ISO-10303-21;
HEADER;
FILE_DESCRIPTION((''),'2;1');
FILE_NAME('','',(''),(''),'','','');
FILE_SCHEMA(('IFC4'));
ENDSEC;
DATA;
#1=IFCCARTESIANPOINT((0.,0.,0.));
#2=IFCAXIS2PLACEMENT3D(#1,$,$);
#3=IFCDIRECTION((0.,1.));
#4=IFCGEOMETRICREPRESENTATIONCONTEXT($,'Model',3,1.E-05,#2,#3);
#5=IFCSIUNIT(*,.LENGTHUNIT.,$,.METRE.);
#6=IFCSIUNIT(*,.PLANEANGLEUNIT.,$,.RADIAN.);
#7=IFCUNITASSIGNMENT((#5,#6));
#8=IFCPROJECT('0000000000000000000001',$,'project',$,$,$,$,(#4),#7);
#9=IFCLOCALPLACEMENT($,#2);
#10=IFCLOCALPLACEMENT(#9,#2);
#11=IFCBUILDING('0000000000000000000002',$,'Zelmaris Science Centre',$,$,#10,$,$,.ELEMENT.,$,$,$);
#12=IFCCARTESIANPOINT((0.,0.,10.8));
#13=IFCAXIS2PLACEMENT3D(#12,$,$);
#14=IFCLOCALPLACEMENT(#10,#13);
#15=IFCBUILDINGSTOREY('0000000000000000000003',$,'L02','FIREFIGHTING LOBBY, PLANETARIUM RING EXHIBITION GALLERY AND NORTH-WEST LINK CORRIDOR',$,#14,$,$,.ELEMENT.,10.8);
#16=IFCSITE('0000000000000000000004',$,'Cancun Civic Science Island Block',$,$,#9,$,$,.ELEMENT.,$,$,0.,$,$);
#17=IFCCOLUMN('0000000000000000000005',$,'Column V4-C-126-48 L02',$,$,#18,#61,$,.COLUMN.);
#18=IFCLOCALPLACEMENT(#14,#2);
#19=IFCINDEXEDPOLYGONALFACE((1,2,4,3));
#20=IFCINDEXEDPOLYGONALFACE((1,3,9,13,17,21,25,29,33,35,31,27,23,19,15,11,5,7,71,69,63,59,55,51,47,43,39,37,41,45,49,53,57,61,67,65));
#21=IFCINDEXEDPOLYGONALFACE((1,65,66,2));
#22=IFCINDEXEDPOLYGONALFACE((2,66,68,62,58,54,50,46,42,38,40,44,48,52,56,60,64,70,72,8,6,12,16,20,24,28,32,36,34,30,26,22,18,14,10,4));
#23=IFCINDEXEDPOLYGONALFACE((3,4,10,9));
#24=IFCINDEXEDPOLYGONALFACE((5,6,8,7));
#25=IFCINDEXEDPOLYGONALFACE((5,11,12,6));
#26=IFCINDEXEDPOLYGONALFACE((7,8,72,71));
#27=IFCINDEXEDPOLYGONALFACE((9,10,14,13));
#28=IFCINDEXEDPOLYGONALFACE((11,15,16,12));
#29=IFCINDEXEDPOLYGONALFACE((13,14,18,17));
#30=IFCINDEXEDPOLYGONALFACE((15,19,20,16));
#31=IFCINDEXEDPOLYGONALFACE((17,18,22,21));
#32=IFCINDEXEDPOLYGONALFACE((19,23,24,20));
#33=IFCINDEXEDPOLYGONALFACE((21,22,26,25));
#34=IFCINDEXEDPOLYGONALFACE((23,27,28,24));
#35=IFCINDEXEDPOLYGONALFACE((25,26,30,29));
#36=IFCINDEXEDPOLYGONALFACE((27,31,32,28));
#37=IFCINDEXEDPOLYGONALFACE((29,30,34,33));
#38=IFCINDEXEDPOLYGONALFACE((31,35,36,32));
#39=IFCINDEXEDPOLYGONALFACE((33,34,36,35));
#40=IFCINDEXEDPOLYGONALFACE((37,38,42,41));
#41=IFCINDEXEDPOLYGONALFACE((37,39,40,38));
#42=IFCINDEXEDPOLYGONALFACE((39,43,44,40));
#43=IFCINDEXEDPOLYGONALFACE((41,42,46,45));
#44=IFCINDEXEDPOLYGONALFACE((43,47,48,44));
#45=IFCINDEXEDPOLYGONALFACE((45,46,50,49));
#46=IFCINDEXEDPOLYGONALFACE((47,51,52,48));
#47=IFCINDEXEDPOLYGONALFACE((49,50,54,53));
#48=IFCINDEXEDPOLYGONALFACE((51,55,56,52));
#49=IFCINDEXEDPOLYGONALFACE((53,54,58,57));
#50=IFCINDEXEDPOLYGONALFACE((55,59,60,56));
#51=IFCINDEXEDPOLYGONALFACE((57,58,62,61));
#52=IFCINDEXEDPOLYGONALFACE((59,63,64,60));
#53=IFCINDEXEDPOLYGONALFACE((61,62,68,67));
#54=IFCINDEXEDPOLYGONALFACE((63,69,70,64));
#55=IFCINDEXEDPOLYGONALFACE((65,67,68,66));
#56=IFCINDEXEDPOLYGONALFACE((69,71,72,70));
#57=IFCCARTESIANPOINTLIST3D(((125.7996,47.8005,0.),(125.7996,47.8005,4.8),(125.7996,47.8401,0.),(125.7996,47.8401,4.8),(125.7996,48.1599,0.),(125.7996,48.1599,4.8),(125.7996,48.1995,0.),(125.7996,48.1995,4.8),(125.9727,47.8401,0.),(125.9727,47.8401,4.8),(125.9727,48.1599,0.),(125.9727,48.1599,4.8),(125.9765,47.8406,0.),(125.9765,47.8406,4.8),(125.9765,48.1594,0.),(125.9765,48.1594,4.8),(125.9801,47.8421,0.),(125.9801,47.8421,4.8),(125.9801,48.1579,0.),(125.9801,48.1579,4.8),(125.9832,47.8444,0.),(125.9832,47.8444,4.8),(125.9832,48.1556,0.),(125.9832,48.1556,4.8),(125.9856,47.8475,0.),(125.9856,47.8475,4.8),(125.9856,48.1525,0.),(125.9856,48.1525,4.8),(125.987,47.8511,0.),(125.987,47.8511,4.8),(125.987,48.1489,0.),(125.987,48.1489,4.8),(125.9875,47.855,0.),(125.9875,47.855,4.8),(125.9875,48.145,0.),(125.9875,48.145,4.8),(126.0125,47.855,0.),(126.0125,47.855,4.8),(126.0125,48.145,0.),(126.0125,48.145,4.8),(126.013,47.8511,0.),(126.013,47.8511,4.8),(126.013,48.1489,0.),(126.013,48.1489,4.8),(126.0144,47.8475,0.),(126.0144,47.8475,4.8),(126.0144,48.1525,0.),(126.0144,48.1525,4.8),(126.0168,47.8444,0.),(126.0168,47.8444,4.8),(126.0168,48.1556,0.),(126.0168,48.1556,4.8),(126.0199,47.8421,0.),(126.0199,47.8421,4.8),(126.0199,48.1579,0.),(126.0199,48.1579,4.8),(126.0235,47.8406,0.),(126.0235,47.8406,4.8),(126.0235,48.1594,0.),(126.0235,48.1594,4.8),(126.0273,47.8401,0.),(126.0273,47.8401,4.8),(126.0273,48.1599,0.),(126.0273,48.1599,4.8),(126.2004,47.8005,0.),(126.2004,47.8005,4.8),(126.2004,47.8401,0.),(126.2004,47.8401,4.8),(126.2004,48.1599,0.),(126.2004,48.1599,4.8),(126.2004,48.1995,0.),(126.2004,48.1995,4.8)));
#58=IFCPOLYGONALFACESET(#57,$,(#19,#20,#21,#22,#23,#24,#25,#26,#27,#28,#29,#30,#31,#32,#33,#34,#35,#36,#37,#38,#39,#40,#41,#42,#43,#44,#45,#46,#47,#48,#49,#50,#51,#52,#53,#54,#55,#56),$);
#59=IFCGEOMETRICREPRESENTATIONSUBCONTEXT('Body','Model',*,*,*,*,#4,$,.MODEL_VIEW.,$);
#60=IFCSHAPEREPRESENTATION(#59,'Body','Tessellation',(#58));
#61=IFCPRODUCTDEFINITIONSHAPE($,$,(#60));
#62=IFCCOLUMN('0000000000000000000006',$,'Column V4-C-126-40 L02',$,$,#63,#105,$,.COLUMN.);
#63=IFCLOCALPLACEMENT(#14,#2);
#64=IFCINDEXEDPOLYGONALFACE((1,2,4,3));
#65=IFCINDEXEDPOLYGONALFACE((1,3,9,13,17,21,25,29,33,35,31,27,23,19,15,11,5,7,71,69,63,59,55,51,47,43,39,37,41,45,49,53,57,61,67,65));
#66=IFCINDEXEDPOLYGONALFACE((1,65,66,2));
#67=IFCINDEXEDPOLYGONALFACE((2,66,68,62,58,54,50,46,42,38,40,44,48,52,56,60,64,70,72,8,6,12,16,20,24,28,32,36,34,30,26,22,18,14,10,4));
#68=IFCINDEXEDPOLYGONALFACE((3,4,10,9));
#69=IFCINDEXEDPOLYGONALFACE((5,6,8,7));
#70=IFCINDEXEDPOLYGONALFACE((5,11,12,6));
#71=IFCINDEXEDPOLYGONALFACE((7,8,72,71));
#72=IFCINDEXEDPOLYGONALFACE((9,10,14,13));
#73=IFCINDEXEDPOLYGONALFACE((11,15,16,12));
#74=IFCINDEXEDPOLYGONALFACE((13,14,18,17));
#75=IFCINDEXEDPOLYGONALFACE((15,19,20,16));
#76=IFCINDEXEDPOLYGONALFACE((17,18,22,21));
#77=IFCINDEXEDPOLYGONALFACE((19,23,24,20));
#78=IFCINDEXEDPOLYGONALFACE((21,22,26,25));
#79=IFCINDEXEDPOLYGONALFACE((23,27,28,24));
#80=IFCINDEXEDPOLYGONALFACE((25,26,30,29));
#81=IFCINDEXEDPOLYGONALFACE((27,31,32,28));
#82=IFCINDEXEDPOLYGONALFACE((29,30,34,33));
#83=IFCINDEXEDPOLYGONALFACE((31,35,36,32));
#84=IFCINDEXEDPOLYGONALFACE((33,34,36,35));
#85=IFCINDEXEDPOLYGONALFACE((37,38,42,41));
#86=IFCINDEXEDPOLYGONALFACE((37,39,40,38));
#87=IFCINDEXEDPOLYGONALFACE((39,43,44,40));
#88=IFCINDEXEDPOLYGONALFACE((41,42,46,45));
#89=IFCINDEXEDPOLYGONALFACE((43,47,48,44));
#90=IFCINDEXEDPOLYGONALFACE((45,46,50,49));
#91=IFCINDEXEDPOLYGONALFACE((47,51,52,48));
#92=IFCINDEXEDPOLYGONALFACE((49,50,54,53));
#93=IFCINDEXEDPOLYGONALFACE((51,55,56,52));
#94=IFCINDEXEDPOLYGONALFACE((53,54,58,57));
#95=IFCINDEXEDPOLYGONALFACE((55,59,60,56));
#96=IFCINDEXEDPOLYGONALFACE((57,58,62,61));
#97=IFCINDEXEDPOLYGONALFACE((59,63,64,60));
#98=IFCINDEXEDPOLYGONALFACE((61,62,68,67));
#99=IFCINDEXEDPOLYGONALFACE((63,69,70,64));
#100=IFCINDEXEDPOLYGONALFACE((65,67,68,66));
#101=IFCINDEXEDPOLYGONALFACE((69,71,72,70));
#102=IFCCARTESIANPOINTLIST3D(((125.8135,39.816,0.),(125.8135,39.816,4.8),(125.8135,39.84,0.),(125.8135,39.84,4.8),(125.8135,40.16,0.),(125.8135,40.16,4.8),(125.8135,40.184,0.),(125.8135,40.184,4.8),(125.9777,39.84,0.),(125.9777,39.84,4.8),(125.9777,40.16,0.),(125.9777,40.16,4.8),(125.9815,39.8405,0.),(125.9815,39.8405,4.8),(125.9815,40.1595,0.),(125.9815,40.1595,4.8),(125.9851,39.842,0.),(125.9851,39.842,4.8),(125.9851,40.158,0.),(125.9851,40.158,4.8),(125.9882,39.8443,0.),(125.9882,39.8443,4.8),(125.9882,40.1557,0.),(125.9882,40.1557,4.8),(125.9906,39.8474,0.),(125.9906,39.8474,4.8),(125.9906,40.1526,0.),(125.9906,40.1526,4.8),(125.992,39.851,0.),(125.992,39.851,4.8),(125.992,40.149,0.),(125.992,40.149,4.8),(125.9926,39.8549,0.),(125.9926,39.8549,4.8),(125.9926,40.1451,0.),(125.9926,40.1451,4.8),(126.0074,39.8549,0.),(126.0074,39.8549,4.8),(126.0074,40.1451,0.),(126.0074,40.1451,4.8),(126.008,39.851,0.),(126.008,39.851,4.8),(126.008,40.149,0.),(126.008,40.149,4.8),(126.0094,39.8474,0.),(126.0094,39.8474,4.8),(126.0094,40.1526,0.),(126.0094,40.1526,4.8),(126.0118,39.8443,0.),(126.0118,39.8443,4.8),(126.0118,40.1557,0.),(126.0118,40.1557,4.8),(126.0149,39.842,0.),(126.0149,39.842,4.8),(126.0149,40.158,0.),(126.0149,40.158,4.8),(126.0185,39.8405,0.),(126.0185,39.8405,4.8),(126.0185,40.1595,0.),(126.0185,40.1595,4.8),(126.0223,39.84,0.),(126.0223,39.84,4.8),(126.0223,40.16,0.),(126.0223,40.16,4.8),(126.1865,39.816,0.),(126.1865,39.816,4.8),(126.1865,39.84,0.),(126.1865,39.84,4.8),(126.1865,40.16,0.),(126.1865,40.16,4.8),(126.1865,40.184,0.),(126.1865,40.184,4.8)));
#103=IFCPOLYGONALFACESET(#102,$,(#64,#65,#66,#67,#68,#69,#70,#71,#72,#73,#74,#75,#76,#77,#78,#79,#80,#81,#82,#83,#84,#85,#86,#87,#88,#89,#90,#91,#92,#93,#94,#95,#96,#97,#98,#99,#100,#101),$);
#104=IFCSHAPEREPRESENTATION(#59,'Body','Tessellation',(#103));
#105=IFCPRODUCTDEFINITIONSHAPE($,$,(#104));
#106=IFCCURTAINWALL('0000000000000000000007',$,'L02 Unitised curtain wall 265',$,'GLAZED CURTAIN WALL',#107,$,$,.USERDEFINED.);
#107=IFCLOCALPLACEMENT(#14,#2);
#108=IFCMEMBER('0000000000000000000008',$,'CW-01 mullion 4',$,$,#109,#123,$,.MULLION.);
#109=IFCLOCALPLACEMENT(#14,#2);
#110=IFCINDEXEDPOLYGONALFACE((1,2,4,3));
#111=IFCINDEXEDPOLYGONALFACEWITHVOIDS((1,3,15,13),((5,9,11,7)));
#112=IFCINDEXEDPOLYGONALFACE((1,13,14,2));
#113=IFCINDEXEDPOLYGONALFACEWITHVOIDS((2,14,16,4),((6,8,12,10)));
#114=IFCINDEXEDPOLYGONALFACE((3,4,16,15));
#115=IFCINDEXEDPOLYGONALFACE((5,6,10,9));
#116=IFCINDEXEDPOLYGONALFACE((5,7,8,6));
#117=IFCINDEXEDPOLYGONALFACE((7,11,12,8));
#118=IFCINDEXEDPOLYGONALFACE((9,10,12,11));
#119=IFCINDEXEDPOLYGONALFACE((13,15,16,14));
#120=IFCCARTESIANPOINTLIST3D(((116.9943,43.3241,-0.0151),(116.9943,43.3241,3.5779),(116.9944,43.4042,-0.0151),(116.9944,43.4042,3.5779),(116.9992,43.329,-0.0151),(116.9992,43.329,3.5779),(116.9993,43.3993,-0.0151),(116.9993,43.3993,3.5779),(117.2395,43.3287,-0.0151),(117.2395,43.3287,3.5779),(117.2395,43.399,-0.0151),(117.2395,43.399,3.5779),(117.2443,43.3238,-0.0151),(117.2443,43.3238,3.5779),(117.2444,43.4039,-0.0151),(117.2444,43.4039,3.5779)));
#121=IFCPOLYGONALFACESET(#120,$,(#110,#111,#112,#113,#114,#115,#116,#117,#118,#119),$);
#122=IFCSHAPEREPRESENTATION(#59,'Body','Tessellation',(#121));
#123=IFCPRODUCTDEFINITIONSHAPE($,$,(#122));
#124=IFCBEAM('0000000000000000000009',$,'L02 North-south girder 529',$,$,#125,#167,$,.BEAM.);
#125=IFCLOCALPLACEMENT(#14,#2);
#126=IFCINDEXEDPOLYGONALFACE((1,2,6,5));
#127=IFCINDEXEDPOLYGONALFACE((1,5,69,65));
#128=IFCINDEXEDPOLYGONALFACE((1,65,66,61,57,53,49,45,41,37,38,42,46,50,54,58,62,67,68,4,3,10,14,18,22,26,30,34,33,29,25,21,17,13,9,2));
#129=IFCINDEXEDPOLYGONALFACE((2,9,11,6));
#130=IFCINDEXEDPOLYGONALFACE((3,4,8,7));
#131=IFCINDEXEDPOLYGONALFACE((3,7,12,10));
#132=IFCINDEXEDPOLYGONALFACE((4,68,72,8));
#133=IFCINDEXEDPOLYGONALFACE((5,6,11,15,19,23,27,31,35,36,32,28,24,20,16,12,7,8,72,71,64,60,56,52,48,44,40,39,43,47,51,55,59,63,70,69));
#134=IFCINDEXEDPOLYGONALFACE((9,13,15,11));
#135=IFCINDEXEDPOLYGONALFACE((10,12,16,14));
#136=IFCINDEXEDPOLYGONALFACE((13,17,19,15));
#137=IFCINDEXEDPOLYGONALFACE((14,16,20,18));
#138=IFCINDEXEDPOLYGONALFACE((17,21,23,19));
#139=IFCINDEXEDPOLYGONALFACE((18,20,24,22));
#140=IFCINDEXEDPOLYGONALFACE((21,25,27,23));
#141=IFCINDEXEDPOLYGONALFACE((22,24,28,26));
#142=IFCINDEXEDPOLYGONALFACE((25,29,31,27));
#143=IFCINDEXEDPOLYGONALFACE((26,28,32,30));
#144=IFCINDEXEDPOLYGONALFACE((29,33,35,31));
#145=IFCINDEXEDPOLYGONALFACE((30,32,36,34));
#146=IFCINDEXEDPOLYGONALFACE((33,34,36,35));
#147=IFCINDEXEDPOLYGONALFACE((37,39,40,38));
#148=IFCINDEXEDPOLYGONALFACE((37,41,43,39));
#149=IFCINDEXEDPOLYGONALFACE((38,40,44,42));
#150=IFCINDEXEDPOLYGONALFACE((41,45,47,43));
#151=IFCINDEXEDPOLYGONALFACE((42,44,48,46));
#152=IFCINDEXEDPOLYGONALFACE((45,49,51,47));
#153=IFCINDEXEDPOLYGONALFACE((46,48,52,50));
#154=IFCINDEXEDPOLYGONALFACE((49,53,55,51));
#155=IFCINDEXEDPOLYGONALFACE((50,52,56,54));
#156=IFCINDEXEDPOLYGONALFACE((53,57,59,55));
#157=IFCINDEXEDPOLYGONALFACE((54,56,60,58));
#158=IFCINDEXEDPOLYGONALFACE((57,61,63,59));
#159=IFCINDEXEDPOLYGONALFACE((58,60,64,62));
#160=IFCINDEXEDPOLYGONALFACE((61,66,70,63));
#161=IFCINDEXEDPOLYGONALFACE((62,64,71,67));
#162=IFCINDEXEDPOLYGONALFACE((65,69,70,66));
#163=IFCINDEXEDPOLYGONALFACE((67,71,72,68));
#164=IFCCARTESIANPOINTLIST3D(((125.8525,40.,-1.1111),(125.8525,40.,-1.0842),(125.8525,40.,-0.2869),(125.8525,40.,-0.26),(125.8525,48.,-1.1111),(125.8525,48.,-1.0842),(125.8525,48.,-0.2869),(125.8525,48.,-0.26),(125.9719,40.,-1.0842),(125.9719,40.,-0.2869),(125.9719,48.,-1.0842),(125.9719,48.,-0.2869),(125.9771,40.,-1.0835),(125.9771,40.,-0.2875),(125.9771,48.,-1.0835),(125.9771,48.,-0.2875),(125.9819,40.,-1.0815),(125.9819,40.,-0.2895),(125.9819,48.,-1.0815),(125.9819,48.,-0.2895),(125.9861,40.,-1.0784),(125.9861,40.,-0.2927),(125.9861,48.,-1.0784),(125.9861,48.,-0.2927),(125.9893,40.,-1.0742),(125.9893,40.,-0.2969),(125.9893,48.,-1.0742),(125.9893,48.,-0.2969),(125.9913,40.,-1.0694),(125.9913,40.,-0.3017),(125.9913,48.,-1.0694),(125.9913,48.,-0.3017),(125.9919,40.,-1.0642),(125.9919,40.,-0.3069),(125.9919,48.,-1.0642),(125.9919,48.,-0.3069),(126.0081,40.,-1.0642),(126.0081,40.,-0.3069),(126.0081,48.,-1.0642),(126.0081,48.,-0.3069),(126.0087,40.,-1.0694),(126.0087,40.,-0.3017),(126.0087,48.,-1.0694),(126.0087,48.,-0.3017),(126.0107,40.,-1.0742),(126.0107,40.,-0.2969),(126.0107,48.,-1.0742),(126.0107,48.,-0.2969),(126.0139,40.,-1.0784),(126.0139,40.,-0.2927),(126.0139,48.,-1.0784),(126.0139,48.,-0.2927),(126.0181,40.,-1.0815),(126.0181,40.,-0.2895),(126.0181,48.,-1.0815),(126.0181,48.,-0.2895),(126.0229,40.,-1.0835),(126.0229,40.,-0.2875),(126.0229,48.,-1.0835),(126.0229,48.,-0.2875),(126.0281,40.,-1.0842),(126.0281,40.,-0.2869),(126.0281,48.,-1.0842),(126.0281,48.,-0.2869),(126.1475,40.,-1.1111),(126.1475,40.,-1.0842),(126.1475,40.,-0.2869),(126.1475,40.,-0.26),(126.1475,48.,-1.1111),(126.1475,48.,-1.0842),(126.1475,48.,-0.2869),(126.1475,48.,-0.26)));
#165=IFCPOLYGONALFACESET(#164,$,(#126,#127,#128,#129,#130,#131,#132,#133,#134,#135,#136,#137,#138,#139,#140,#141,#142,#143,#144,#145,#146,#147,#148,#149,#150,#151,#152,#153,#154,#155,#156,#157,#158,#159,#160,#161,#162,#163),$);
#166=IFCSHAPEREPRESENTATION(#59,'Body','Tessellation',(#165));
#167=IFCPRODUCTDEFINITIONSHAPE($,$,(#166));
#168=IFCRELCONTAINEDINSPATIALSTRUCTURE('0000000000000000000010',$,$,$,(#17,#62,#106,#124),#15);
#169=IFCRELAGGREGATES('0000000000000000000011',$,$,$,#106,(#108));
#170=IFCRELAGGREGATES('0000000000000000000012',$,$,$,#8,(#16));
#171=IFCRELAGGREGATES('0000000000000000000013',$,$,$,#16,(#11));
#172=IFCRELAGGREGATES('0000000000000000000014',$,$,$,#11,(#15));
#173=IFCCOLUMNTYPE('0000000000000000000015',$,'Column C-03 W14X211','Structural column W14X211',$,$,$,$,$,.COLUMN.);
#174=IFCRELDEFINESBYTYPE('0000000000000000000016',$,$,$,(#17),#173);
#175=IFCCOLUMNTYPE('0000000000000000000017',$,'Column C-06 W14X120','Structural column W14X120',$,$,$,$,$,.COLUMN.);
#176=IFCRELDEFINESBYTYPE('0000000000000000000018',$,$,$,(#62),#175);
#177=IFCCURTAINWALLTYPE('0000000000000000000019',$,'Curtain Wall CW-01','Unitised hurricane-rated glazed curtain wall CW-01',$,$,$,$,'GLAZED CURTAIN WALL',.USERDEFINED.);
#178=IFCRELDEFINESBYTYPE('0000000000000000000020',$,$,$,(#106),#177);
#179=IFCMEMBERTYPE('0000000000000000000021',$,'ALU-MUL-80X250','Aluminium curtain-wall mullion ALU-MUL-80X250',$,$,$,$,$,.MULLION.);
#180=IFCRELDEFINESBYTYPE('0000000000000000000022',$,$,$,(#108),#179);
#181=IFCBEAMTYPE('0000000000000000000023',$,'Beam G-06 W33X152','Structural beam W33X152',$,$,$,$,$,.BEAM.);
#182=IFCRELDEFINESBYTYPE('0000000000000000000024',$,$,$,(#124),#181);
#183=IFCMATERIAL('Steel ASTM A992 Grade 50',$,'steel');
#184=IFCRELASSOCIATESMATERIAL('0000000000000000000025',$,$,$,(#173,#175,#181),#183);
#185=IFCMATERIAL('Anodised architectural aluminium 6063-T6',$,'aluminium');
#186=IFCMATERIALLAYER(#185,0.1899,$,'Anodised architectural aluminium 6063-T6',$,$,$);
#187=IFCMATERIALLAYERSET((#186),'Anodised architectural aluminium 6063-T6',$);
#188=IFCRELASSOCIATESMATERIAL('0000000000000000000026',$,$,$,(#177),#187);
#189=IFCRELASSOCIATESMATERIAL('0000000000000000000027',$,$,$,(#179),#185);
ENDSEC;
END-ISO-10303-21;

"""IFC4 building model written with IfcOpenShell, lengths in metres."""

from ifc_helpers import new_model, si_unit, direction, frame, origin, origin_2d, place, context, subcontext, project, spatial, hollow_rectangle, i_section, extrude, material, layer, layer_set, material_profile, profile_set, type_object, element, aggregate, save


model = new_model("IFC4")

# Units and contexts
model_context = context("Model", 3, precision=1e-05, world=origin(), true_north=direction((0.0, 1.0)))
body_context = subcontext(model_context, "Body", "Model", "MODEL_VIEW")
ifc_project = project(units=[si_unit("LENGTHUNIT", "METRE"), si_unit("PLANEANGLEUNIT", "RADIAN")], contexts=[model_context])

# Site, building, storey
site_placement = place(None, origin())
site = spatial("IfcSite", under=ifc_project, at=site_placement, Name="Cancun Civic Science Island Block", CompositionType="ELEMENT", RefElevation=0.0)
building_placement = place(site_placement, origin())
building = spatial("IfcBuilding", under=site, at=building_placement, Name="Zelmaris Science Centre", CompositionType="ELEMENT")
storey_placement = place(building_placement, frame((0.0, 0.0, 10.8)))
storey = spatial("IfcBuildingStorey", under=building, at=storey_placement, Name="L02", Description="FIREFIGHTING LOBBY, PLANETARIUM RING EXHIBITION GALLERY AND NORTH-WEST LINK CORRIDOR", CompositionType="ELEMENT", Elevation=10.8)

# Columns
ifc_material_1 = material(Name="Steel ASTM A992 Grade 50", Category="steel")
ifc_material_profile_1 = material_profile(ifc_material_1, i_section(OverallWidth=0.4009, OverallDepth=0.3989, WebThickness=0.0249, FlangeThickness=0.0396, FilletRadius=0.0149, at=origin_2d()), Name="W14X211")
ifc_profile_set_1 = profile_set([ifc_material_profile_1], Name="Steel ASTM A992 Grade 50")
column_type_1 = type_object("IfcColumnType", Name="Column C-03 W14X211", Description="Structural column W14X211", PredefinedType="COLUMN", material=ifc_profile_set_1)
column_1_placement = place(storey_placement, frame((126.0, 48.0, 0.0), z_axis=(0.0, 0.0, 1.0), x_axis=(1.0, 0.0, 0.0)))
element("IfcColumn", 1, at=column_1_placement, inside=storey, type_object=column_type_1, Name="Column V4-C-126-48 L02", PredefinedType="COLUMN", context=body_context, shape_type="SweptSolid", body=[
    extrude(i_section(OverallWidth=0.4009, OverallDepth=0.3989, WebThickness=0.0249, FlangeThickness=0.0396, FilletRadius=0.0149, at=origin_2d()), origin(), (0.0, 0.0, 1.0), 4.8),
])
ifc_material_profile_2 = material_profile(ifc_material_1, i_section(OverallWidth=0.373, OverallDepth=0.3679, WebThickness=0.0149, FlangeThickness=0.0239, FilletRadius=0.0149, at=origin_2d()), Name="W14X120")
ifc_profile_set_2 = profile_set([ifc_material_profile_2], Name="Steel ASTM A992 Grade 50")
column_type_2 = type_object("IfcColumnType", Name="Column C-06 W14X120", Description="Structural column W14X120", PredefinedType="COLUMN", material=ifc_profile_set_2)
column_2_placement = place(storey_placement, frame((126.0, 40.0, 0.0), z_axis=(0.0, 0.0, 1.0), x_axis=(1.0, 0.0, 0.0)))
element("IfcColumn", 2, at=column_2_placement, inside=storey, type_object=column_type_2, Name="Column V4-C-126-40 L02", PredefinedType="COLUMN", context=body_context, shape_type="SweptSolid", body=[
    extrude(i_section(OverallWidth=0.373, OverallDepth=0.3679, WebThickness=0.0149, FlangeThickness=0.0239, FilletRadius=0.0149, at=origin_2d()), origin(), (0.0, 0.0, 1.0), 4.8),
])

# Curtain wall, member
ifc_material_2 = material(Name="Anodised architectural aluminium 6063-T6", Category="aluminium")
ifc_layer_1 = layer(ifc_material_2, 0.1899, Name="Anodised architectural aluminium 6063-T6")
ifc_layer_set_1 = layer_set([ifc_layer_1], Name="Anodised architectural aluminium 6063-T6")
curtain_wall_type = type_object("IfcCurtainWallType", Name="Curtain Wall CW-01", Description="Unitised hurricane-rated glazed curtain wall CW-01", ElementType="GLAZED CURTAIN WALL", PredefinedType="USERDEFINED", material=ifc_layer_set_1)
curtain_wall_placement = place(storey_placement, origin())
curtain_wall = element("IfcCurtainWall", 3, at=curtain_wall_placement, inside=storey, type_object=curtain_wall_type, Name="L02 Unitised curtain wall 265", ObjectType="GLAZED CURTAIN WALL", PredefinedType="USERDEFINED")
ifc_material_profile_3 = material_profile(ifc_material_2, hollow_rectangle(XDim=0.0801, YDim=0.25, WallThickness=0.0049, at=origin_2d()), Name="ALU-MUL-80X250")
ifc_profile_set_3 = profile_set([ifc_material_profile_3], Name="Anodised architectural aluminium 6063-T6")
member_type = type_object("IfcMemberType", Name="ALU-MUL-80X250", Description="Aluminium curtain-wall mullion ALU-MUL-80X250", PredefinedType="MULLION", material=ifc_profile_set_3)
member_placement = place(storey_placement, frame((117.1194, 43.364, -0.0151), z_axis=(0.0, 0.0, 1.0), x_axis=(0.001019, 0.999999, 0.0)))
member = element("IfcMember", 4, at=member_placement, type_object=member_type, Name="CW-01 mullion 4", PredefinedType="MULLION", context=body_context, shape_type="SweptSolid", body=[
    extrude(hollow_rectangle(XDim=0.0801, YDim=0.25, WallThickness=0.0049, at=origin_2d()), origin(), (0.0, 0.0, 1.0), 3.593),
])
aggregate(curtain_wall, [member])

# Beam
ifc_material_profile_4 = material_profile(ifc_material_1, i_section(OverallWidth=0.2949, OverallDepth=0.8511, WebThickness=0.0161, FlangeThickness=0.0269, FilletRadius=0.02, at=origin_2d()), Name="W33X152")
ifc_profile_set_4 = profile_set([ifc_material_profile_4], Name="Steel ASTM A992 Grade 50")
beam_type_1 = type_object("IfcBeamType", Name="Beam G-06 W33X152", Description="Structural beam W33X152", PredefinedType="BEAM", material=ifc_profile_set_4)
beam_1_placement = place(storey_placement, frame((126.0, 40.0, -0.6855), z_axis=(0.0, 1.0, 0.0), x_axis=(-1.0, 0.0, 0.0)))
element("IfcBeam", 5, at=beam_1_placement, inside=storey, type_object=beam_type_1, Name="L02 North-south girder 529", PredefinedType="BEAM", context=body_context, shape_type="SweptSolid", body=[
    extrude(i_section(OverallWidth=0.2949, OverallDepth=0.8511, WebThickness=0.0161, FlangeThickness=0.0269, FilletRadius=0.02, at=origin_2d()), origin(), (0.0, 0.0, 1.0), 8.0),
])

save(model, "model.ifc")
